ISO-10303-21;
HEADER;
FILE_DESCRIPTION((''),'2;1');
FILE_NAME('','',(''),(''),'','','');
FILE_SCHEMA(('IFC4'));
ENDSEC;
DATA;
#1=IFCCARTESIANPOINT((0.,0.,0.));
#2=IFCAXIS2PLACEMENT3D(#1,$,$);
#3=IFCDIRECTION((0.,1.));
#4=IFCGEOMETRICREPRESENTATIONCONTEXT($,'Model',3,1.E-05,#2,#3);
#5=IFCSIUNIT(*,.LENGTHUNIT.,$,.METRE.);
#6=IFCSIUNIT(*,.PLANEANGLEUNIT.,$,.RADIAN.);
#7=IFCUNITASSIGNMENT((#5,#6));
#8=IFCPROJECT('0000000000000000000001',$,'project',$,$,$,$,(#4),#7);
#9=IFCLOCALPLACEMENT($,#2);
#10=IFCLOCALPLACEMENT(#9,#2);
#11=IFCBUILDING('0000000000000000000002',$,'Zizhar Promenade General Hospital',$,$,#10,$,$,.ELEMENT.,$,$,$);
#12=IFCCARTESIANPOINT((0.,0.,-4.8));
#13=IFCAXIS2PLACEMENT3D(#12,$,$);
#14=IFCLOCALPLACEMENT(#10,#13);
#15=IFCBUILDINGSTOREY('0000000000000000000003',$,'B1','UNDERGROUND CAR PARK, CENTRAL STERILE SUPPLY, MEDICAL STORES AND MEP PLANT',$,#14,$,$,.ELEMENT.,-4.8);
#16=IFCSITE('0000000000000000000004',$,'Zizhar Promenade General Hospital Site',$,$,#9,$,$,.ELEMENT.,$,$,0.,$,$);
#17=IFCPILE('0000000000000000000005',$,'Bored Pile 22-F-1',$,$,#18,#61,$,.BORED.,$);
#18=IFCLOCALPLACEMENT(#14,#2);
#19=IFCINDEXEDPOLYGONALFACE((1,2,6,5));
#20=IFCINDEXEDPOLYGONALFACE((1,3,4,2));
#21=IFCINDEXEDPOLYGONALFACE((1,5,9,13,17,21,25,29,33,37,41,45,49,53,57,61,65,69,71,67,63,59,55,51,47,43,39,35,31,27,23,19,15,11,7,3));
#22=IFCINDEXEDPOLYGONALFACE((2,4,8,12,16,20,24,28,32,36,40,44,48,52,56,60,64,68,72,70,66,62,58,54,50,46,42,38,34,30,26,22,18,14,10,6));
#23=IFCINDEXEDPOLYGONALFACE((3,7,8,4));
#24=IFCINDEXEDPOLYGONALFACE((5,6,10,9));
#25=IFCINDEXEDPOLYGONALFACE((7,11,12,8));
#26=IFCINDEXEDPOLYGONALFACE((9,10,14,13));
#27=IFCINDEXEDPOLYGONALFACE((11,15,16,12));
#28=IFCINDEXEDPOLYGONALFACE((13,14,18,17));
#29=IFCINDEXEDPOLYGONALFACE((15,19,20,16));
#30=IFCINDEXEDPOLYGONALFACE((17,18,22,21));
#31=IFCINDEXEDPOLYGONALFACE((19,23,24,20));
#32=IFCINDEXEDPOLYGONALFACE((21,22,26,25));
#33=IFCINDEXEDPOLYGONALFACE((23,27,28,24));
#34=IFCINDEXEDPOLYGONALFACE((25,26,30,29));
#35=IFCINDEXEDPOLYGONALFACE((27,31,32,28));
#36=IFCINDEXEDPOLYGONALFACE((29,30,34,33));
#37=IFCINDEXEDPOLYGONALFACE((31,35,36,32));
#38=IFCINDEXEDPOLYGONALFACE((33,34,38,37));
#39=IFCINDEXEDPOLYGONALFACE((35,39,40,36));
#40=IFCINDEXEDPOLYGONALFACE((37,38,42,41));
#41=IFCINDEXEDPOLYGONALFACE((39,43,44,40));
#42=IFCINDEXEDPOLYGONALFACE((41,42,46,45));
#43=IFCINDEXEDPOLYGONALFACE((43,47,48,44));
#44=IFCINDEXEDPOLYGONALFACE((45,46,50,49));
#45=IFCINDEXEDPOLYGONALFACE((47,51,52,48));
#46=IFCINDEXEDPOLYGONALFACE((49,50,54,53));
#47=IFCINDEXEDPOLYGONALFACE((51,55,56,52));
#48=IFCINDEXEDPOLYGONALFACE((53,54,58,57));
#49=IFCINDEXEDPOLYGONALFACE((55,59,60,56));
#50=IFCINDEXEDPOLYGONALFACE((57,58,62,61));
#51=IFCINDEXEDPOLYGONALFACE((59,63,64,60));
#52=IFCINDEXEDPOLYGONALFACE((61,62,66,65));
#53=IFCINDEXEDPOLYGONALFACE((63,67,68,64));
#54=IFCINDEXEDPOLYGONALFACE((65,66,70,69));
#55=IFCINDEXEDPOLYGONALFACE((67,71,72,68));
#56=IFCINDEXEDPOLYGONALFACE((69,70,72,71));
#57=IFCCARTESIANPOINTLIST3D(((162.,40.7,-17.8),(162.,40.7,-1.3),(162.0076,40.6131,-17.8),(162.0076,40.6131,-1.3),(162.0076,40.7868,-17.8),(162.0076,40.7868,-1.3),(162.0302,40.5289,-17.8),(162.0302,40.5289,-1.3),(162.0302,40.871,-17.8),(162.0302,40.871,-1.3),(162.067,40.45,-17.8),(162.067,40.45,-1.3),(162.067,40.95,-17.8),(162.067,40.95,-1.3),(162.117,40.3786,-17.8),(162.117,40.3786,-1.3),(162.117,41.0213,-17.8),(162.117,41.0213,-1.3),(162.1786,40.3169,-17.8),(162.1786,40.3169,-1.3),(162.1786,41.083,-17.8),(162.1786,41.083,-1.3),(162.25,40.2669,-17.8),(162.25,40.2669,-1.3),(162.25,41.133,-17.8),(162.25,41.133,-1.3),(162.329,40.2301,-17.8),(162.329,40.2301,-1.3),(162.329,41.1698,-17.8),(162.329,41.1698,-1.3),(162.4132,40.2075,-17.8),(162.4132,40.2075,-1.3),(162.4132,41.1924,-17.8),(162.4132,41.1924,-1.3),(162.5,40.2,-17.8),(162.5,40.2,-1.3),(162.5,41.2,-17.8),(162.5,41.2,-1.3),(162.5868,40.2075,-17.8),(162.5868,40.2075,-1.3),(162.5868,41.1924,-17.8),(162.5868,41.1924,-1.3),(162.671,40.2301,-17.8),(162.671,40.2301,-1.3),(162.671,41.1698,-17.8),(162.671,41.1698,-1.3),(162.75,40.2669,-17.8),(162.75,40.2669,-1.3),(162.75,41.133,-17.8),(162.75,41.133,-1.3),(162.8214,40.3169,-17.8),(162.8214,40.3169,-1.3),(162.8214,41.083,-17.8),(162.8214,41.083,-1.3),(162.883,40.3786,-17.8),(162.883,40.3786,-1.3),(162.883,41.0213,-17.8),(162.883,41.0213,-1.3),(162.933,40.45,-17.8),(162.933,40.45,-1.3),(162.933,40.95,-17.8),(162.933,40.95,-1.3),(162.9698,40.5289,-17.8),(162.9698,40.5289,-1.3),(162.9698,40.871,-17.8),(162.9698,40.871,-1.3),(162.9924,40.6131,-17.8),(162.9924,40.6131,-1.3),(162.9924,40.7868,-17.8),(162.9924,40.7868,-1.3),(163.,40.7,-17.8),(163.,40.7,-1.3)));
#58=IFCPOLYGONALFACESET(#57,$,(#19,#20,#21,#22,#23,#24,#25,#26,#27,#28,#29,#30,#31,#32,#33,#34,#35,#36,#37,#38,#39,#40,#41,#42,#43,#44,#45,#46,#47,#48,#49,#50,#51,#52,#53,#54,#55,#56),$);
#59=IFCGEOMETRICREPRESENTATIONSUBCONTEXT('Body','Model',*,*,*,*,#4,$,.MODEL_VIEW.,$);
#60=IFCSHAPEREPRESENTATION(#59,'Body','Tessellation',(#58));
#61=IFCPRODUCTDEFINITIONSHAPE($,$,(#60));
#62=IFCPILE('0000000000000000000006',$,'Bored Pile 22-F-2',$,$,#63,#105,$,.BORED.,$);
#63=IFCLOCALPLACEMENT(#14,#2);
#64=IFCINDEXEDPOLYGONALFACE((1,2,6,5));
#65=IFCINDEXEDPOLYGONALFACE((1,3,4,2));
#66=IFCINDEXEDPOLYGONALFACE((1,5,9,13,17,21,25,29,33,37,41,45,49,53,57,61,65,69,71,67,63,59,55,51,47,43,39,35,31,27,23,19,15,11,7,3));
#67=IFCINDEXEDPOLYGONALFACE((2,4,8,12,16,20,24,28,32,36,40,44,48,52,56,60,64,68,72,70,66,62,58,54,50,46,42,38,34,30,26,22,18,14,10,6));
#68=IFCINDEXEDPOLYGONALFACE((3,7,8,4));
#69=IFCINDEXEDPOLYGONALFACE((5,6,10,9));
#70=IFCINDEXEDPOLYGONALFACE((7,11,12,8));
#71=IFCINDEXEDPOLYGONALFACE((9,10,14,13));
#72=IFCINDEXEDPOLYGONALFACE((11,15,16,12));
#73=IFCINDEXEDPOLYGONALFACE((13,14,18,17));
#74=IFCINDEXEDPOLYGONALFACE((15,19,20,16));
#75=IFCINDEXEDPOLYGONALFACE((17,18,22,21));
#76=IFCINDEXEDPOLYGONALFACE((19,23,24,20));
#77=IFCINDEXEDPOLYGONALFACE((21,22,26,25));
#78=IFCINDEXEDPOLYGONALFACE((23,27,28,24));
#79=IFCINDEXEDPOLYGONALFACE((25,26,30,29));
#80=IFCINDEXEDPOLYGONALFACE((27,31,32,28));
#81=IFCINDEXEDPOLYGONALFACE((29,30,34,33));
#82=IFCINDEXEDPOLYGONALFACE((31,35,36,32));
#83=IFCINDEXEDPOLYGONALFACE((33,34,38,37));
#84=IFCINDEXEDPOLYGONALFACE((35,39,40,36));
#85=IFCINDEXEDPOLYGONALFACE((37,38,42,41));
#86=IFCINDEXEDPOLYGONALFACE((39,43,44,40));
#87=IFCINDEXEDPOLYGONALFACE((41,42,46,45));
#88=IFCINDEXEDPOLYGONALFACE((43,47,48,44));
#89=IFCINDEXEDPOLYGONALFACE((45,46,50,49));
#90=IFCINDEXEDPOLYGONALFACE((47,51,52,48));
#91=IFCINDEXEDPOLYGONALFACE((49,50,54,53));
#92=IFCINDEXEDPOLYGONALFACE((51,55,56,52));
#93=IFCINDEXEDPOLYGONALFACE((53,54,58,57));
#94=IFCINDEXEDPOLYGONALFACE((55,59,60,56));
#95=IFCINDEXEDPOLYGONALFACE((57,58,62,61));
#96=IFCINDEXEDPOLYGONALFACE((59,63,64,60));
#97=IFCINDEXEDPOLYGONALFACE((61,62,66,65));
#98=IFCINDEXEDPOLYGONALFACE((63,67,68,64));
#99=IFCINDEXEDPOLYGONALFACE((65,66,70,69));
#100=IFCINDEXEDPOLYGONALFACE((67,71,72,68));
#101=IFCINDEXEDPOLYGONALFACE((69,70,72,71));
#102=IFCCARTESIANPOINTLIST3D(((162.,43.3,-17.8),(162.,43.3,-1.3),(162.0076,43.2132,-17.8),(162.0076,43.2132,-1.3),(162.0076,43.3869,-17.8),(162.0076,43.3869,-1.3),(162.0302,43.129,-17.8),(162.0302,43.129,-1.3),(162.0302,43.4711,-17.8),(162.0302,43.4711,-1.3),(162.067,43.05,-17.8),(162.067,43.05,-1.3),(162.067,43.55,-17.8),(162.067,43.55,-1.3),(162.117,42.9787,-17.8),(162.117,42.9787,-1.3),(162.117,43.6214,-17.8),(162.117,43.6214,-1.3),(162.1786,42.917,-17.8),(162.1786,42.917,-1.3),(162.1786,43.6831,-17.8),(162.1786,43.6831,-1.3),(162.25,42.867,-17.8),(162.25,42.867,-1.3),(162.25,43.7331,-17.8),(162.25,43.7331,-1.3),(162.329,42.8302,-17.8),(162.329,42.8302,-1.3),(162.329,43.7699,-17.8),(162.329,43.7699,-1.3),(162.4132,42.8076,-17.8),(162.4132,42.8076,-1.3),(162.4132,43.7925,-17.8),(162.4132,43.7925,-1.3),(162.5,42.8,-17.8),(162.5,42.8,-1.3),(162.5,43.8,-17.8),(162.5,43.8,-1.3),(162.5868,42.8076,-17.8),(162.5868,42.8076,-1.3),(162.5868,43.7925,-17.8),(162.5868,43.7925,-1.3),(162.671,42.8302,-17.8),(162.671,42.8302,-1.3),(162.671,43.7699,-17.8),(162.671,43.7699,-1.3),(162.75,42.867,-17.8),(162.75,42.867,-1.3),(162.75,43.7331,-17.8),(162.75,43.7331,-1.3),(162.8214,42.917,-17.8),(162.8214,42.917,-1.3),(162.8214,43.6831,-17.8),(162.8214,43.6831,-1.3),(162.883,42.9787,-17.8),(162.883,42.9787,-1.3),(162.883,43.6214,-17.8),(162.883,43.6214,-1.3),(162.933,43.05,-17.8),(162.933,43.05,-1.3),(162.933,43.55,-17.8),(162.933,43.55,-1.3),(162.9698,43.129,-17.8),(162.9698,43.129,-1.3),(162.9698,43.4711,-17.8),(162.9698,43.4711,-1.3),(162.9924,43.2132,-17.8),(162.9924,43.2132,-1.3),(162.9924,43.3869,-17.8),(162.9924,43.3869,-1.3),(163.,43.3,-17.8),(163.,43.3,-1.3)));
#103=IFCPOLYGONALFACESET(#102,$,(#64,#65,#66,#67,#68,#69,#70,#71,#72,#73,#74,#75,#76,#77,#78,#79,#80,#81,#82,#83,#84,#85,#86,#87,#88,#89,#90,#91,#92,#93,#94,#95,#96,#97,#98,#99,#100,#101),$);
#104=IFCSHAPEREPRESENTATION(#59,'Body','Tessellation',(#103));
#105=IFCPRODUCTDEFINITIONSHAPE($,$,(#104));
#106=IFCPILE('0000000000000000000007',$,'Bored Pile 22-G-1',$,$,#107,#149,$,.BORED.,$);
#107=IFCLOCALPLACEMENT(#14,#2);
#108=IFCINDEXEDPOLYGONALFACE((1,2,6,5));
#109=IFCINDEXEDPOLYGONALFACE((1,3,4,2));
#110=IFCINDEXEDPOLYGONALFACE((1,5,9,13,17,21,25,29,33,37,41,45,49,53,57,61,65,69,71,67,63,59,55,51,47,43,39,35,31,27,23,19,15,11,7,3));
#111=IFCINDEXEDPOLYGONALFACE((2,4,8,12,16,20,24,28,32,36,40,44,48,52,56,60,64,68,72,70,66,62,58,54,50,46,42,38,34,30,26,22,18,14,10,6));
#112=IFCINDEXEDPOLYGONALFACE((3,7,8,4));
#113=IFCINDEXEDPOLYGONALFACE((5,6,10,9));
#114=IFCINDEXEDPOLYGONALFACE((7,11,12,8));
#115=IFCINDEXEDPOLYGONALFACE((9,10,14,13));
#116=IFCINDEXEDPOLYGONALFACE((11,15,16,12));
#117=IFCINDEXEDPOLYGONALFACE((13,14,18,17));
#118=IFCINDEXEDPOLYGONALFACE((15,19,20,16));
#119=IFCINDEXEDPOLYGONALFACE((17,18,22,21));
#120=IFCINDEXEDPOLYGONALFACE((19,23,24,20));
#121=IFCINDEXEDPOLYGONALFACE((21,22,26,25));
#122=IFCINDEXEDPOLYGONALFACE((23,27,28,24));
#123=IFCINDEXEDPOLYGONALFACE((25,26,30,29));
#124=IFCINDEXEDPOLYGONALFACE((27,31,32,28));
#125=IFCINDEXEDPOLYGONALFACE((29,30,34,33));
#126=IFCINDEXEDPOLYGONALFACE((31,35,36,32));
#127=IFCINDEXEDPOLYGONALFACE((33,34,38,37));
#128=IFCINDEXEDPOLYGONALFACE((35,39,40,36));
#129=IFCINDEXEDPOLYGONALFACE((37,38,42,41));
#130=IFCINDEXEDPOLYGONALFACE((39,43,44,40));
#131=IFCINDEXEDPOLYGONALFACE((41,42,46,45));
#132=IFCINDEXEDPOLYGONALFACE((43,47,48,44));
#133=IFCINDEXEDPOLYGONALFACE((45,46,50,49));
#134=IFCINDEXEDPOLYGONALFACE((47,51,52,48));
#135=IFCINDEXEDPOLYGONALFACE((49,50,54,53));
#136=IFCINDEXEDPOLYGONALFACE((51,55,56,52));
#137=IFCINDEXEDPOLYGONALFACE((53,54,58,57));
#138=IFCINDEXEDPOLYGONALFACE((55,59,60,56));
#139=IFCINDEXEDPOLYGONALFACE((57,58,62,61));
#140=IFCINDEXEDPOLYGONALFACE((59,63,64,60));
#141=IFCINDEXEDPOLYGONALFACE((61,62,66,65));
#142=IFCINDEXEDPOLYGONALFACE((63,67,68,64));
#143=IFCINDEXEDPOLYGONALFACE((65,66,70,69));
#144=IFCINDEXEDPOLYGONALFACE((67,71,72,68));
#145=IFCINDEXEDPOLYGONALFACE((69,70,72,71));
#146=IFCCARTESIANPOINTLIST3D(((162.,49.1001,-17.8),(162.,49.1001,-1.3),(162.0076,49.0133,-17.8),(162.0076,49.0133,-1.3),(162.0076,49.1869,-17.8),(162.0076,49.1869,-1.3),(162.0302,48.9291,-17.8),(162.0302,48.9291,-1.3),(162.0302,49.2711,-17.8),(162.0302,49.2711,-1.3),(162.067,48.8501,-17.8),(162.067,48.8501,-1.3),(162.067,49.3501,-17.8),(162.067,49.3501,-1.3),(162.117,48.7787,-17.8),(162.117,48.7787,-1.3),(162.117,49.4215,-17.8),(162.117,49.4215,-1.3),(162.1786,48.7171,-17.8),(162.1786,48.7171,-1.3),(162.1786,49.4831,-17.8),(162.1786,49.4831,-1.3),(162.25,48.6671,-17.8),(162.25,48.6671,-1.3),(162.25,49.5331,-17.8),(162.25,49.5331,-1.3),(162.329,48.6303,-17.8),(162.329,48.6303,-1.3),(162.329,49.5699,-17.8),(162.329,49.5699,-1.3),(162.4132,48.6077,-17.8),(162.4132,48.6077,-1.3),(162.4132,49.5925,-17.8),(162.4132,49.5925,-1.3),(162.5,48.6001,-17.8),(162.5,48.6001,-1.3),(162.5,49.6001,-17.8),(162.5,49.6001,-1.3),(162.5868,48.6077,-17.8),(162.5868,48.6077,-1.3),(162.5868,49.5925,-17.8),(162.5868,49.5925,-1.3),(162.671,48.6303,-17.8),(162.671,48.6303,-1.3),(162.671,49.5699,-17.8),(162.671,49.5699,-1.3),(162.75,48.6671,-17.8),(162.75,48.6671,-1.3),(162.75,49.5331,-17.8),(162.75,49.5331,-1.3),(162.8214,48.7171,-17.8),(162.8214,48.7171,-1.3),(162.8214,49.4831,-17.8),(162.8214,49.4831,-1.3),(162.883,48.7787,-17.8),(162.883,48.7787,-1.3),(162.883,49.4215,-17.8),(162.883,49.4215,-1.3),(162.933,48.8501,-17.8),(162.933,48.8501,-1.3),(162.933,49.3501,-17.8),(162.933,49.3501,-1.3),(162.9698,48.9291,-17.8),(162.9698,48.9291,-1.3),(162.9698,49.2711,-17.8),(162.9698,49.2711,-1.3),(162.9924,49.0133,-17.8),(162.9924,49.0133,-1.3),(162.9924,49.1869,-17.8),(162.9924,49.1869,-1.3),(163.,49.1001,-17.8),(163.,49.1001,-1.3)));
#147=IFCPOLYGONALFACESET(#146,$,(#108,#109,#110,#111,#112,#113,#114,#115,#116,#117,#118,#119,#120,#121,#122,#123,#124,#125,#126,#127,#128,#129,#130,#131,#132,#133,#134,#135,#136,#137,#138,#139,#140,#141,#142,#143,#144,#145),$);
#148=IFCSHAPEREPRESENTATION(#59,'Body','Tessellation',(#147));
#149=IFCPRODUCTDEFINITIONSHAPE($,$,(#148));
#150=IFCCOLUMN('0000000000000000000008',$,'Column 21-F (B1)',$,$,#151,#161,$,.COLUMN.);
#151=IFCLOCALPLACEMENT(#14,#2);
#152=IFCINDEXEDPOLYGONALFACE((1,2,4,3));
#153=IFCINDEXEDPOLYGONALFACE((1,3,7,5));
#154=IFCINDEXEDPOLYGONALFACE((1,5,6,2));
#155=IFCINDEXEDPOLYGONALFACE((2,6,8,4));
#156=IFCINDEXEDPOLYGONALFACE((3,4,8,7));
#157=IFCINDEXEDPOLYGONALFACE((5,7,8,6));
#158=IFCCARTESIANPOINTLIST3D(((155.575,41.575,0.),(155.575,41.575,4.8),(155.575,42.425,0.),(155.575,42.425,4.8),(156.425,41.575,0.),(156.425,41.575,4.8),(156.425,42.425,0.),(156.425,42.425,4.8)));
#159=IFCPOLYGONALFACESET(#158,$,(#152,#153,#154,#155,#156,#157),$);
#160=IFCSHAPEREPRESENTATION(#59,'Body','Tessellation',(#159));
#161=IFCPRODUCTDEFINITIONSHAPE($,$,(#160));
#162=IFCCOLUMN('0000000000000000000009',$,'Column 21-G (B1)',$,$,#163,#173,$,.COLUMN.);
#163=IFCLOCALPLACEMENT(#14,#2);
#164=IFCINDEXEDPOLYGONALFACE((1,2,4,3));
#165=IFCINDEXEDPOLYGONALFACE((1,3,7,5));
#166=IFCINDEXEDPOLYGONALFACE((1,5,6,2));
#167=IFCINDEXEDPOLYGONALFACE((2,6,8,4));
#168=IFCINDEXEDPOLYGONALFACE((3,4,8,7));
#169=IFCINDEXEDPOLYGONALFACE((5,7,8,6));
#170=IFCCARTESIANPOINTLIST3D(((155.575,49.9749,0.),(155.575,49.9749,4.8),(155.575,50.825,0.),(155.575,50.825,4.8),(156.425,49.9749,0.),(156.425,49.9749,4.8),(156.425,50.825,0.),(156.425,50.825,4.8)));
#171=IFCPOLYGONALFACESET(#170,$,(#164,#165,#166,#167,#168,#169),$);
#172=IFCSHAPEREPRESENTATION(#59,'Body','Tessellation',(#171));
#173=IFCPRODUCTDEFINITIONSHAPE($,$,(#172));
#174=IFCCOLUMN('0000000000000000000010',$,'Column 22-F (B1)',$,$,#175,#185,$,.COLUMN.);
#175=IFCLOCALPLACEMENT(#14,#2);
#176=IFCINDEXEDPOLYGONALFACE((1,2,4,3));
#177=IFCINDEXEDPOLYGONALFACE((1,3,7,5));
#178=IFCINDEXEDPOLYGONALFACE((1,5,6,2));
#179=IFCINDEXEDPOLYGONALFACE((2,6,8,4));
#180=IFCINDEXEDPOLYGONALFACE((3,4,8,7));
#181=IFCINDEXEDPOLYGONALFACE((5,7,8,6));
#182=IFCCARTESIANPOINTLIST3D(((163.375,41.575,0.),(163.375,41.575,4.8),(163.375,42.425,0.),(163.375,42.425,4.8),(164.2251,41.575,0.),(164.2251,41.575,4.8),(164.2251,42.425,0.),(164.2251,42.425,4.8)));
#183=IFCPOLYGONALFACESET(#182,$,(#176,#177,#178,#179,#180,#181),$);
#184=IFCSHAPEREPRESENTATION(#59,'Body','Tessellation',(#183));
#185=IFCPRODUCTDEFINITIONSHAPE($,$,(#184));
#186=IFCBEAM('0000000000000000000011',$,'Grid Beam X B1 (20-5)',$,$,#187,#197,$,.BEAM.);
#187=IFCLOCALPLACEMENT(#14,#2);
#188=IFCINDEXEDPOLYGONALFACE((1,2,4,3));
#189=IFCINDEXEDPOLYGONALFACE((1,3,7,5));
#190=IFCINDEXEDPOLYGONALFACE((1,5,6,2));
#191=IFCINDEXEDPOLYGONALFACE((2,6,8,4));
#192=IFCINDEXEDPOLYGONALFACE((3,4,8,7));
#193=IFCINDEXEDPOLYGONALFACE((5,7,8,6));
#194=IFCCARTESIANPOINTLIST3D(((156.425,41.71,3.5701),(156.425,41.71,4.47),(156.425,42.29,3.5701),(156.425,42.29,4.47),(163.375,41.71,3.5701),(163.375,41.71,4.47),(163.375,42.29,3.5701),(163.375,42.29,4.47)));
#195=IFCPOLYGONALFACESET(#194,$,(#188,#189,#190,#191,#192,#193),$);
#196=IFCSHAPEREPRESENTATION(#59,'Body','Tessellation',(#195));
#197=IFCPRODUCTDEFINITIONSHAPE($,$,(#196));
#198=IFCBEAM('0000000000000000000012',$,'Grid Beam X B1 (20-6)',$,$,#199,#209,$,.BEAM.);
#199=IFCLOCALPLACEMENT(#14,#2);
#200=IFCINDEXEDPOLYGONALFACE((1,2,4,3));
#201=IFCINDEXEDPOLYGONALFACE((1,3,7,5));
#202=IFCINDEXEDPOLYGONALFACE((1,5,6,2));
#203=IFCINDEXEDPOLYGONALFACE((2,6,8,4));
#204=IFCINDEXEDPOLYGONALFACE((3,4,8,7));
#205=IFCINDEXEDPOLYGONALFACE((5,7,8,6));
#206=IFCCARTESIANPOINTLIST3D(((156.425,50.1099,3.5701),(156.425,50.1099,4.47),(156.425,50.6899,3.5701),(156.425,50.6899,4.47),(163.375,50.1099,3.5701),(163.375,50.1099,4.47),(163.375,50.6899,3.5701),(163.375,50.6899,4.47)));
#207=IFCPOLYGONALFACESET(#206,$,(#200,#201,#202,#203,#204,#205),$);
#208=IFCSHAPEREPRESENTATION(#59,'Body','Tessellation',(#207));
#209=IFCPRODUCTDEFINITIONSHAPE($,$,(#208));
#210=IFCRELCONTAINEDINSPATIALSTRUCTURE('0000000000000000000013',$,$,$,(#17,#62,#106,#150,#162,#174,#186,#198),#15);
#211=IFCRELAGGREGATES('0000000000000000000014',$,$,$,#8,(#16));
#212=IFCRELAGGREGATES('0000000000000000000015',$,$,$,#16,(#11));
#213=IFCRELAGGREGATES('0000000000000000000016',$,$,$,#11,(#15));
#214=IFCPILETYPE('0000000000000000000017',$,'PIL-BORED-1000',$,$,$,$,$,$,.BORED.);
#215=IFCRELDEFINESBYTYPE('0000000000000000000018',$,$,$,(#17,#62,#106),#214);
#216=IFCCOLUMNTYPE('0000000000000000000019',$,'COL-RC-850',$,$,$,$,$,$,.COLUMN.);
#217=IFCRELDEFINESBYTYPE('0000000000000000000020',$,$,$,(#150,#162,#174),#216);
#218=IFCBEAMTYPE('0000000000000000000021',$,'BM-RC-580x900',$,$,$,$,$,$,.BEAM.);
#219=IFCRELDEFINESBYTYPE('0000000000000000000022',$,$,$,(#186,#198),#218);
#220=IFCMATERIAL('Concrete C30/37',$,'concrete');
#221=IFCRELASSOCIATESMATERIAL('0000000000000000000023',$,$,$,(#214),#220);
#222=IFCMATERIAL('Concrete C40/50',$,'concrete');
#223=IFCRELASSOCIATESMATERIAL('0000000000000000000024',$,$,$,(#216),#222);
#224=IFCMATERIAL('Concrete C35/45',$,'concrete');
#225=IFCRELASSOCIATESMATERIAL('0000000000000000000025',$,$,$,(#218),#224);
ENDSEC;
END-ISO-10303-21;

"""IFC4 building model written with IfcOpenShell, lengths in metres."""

from ifc_helpers import new_model, si_unit, direction, frame, origin, origin_2d, place, context, subcontext, project, spatial, rectangle, circle, extrude, material, material_profile, profile_set, type_object, element, save


model = new_model("IFC4")

# Units and contexts
model_context = context("Model", 3, precision=1e-05, world=origin(), true_north=direction((0.0, 1.0)))
body_context = subcontext(model_context, "Body", "Model", "MODEL_VIEW")
ifc_project = project(units=[si_unit("LENGTHUNIT", "METRE"), si_unit("PLANEANGLEUNIT", "RADIAN")], contexts=[model_context])

# Site, building, storey
site_placement = place(None, origin())
site = spatial("IfcSite", under=ifc_project, at=site_placement, Name="Zizhar Promenade General Hospital Site", CompositionType="ELEMENT", RefElevation=0.0)
building_placement = place(site_placement, origin())
building = spatial("IfcBuilding", under=site, at=building_placement, Name="Zizhar Promenade General Hospital", CompositionType="ELEMENT")
storey_placement = place(building_placement, frame((0.0, 0.0, -4.8)))
storey = spatial("IfcBuildingStorey", under=building, at=storey_placement, Name="B1", Description="UNDERGROUND CAR PARK, CENTRAL STERILE SUPPLY, MEDICAL STORES AND MEP PLANT", CompositionType="ELEMENT", Elevation=-4.8)

# Piles
ifc_material_1 = material(Name="Concrete C30/37", Category="concrete")
ifc_material_profile_1 = material_profile(ifc_material_1, circle(Radius=0.5, at=origin_2d()))
ifc_profile_set_1 = profile_set([ifc_material_profile_1], Name="Concrete C30/37")
pile_type = type_object("IfcPileType", Name="PIL-BORED-1000", PredefinedType="BORED", material=ifc_profile_set_1)
for number, where, z_axis, x_axis, name in (
    (1, (162.5, 40.7, -1.3), (0.0, 0.0, -1.0), (1.0, 0.0, 0.0), "Bored Pile 22-F-1"),
    (2, (162.5, 43.3, -1.3), (0.0, 0.0, -1.0), (1.0, 0.0, 0.0), "Bored Pile 22-F-2"),
    (3, (162.5, 49.1001, -1.3), (0.0, 0.0, -1.0), (1.0, 0.0, 0.0), "Bored Pile 22-G-1"),
):
    element("IfcPile", number, at=place(storey_placement, frame(where, z_axis=z_axis, x_axis=x_axis)), inside=storey, type_object=pile_type, Name=name, PredefinedType="BORED", context=body_context, shape_type="SweptSolid", body=[
        extrude(circle(Radius=0.5, at=origin_2d()), origin(), (0.0, 0.0, 1.0), 16.5),
    ])

# Columns
ifc_material_2 = material(Name="Concrete C40/50", Category="concrete")
ifc_material_profile_2 = material_profile(ifc_material_2, rectangle(XDim=0.8501, YDim=0.8501, at=origin_2d()))
ifc_profile_set_2 = profile_set([ifc_material_profile_2], Name="Concrete C40/50")
column_type = type_object("IfcColumnType", Name="COL-RC-850", PredefinedType="COLUMN", material=ifc_profile_set_2)
for number, where, z_axis, x_axis, name in (
    (4, (156.0, 42.0, 0.0), (0.0, 0.0, 1.0), (1.0, 0.0, 0.0), "Column 21-F (B1)"),
    (5, (156.0, 50.3999, 0.0), (0.0, 0.0, 1.0), (1.0, 0.0, 0.0), "Column 21-G (B1)"),
    (6, (163.8, 42.0, 0.0), (0.0, 0.0, 1.0), (1.0, 0.0, 0.0), "Column 22-F (B1)"),
):
    element("IfcColumn", number, at=place(storey_placement, frame(where, z_axis=z_axis, x_axis=x_axis)), inside=storey, type_object=column_type, Name=name, PredefinedType="COLUMN", context=body_context, shape_type="SweptSolid", body=[
        extrude(rectangle(XDim=0.8501, YDim=0.8501, at=origin_2d()), origin(), (0.0, 0.0, 1.0), 4.8),
    ])

# Beams
ifc_material_3 = material(Name="Concrete C35/45", Category="concrete")
ifc_material_profile_3 = material_profile(ifc_material_3, rectangle(XDim=0.5801, YDim=0.8999, at=origin_2d()))
ifc_profile_set_3 = profile_set([ifc_material_profile_3], Name="Concrete C35/45")
beam_type_1 = type_object("IfcBeamType", Name="BM-RC-580x900", PredefinedType="BEAM", material=ifc_profile_set_3)
for number, where, z_axis, x_axis, name in (
    (7, (156.425, 42.0, 4.02), (1.0, 0.0, 0.0), (0.0, 1.0, 0.0), "Grid Beam X B1 (20-5)"),
    (8, (156.425, 50.3999, 4.02), (1.0, 0.0, 0.0), (0.0, 1.0, 0.0), "Grid Beam X B1 (20-6)"),
):
    element("IfcBeam", number, at=place(storey_placement, frame(where, z_axis=z_axis, x_axis=x_axis)), inside=storey, type_object=beam_type_1, Name=name, PredefinedType="BEAM", context=body_context, shape_type="SweptSolid", body=[
        extrude(rectangle(XDim=0.5801, YDim=0.8999, at=origin_2d()), origin(), (0.0, 0.0, 1.0), 6.95),
    ])

save(model, "model.ifc")
